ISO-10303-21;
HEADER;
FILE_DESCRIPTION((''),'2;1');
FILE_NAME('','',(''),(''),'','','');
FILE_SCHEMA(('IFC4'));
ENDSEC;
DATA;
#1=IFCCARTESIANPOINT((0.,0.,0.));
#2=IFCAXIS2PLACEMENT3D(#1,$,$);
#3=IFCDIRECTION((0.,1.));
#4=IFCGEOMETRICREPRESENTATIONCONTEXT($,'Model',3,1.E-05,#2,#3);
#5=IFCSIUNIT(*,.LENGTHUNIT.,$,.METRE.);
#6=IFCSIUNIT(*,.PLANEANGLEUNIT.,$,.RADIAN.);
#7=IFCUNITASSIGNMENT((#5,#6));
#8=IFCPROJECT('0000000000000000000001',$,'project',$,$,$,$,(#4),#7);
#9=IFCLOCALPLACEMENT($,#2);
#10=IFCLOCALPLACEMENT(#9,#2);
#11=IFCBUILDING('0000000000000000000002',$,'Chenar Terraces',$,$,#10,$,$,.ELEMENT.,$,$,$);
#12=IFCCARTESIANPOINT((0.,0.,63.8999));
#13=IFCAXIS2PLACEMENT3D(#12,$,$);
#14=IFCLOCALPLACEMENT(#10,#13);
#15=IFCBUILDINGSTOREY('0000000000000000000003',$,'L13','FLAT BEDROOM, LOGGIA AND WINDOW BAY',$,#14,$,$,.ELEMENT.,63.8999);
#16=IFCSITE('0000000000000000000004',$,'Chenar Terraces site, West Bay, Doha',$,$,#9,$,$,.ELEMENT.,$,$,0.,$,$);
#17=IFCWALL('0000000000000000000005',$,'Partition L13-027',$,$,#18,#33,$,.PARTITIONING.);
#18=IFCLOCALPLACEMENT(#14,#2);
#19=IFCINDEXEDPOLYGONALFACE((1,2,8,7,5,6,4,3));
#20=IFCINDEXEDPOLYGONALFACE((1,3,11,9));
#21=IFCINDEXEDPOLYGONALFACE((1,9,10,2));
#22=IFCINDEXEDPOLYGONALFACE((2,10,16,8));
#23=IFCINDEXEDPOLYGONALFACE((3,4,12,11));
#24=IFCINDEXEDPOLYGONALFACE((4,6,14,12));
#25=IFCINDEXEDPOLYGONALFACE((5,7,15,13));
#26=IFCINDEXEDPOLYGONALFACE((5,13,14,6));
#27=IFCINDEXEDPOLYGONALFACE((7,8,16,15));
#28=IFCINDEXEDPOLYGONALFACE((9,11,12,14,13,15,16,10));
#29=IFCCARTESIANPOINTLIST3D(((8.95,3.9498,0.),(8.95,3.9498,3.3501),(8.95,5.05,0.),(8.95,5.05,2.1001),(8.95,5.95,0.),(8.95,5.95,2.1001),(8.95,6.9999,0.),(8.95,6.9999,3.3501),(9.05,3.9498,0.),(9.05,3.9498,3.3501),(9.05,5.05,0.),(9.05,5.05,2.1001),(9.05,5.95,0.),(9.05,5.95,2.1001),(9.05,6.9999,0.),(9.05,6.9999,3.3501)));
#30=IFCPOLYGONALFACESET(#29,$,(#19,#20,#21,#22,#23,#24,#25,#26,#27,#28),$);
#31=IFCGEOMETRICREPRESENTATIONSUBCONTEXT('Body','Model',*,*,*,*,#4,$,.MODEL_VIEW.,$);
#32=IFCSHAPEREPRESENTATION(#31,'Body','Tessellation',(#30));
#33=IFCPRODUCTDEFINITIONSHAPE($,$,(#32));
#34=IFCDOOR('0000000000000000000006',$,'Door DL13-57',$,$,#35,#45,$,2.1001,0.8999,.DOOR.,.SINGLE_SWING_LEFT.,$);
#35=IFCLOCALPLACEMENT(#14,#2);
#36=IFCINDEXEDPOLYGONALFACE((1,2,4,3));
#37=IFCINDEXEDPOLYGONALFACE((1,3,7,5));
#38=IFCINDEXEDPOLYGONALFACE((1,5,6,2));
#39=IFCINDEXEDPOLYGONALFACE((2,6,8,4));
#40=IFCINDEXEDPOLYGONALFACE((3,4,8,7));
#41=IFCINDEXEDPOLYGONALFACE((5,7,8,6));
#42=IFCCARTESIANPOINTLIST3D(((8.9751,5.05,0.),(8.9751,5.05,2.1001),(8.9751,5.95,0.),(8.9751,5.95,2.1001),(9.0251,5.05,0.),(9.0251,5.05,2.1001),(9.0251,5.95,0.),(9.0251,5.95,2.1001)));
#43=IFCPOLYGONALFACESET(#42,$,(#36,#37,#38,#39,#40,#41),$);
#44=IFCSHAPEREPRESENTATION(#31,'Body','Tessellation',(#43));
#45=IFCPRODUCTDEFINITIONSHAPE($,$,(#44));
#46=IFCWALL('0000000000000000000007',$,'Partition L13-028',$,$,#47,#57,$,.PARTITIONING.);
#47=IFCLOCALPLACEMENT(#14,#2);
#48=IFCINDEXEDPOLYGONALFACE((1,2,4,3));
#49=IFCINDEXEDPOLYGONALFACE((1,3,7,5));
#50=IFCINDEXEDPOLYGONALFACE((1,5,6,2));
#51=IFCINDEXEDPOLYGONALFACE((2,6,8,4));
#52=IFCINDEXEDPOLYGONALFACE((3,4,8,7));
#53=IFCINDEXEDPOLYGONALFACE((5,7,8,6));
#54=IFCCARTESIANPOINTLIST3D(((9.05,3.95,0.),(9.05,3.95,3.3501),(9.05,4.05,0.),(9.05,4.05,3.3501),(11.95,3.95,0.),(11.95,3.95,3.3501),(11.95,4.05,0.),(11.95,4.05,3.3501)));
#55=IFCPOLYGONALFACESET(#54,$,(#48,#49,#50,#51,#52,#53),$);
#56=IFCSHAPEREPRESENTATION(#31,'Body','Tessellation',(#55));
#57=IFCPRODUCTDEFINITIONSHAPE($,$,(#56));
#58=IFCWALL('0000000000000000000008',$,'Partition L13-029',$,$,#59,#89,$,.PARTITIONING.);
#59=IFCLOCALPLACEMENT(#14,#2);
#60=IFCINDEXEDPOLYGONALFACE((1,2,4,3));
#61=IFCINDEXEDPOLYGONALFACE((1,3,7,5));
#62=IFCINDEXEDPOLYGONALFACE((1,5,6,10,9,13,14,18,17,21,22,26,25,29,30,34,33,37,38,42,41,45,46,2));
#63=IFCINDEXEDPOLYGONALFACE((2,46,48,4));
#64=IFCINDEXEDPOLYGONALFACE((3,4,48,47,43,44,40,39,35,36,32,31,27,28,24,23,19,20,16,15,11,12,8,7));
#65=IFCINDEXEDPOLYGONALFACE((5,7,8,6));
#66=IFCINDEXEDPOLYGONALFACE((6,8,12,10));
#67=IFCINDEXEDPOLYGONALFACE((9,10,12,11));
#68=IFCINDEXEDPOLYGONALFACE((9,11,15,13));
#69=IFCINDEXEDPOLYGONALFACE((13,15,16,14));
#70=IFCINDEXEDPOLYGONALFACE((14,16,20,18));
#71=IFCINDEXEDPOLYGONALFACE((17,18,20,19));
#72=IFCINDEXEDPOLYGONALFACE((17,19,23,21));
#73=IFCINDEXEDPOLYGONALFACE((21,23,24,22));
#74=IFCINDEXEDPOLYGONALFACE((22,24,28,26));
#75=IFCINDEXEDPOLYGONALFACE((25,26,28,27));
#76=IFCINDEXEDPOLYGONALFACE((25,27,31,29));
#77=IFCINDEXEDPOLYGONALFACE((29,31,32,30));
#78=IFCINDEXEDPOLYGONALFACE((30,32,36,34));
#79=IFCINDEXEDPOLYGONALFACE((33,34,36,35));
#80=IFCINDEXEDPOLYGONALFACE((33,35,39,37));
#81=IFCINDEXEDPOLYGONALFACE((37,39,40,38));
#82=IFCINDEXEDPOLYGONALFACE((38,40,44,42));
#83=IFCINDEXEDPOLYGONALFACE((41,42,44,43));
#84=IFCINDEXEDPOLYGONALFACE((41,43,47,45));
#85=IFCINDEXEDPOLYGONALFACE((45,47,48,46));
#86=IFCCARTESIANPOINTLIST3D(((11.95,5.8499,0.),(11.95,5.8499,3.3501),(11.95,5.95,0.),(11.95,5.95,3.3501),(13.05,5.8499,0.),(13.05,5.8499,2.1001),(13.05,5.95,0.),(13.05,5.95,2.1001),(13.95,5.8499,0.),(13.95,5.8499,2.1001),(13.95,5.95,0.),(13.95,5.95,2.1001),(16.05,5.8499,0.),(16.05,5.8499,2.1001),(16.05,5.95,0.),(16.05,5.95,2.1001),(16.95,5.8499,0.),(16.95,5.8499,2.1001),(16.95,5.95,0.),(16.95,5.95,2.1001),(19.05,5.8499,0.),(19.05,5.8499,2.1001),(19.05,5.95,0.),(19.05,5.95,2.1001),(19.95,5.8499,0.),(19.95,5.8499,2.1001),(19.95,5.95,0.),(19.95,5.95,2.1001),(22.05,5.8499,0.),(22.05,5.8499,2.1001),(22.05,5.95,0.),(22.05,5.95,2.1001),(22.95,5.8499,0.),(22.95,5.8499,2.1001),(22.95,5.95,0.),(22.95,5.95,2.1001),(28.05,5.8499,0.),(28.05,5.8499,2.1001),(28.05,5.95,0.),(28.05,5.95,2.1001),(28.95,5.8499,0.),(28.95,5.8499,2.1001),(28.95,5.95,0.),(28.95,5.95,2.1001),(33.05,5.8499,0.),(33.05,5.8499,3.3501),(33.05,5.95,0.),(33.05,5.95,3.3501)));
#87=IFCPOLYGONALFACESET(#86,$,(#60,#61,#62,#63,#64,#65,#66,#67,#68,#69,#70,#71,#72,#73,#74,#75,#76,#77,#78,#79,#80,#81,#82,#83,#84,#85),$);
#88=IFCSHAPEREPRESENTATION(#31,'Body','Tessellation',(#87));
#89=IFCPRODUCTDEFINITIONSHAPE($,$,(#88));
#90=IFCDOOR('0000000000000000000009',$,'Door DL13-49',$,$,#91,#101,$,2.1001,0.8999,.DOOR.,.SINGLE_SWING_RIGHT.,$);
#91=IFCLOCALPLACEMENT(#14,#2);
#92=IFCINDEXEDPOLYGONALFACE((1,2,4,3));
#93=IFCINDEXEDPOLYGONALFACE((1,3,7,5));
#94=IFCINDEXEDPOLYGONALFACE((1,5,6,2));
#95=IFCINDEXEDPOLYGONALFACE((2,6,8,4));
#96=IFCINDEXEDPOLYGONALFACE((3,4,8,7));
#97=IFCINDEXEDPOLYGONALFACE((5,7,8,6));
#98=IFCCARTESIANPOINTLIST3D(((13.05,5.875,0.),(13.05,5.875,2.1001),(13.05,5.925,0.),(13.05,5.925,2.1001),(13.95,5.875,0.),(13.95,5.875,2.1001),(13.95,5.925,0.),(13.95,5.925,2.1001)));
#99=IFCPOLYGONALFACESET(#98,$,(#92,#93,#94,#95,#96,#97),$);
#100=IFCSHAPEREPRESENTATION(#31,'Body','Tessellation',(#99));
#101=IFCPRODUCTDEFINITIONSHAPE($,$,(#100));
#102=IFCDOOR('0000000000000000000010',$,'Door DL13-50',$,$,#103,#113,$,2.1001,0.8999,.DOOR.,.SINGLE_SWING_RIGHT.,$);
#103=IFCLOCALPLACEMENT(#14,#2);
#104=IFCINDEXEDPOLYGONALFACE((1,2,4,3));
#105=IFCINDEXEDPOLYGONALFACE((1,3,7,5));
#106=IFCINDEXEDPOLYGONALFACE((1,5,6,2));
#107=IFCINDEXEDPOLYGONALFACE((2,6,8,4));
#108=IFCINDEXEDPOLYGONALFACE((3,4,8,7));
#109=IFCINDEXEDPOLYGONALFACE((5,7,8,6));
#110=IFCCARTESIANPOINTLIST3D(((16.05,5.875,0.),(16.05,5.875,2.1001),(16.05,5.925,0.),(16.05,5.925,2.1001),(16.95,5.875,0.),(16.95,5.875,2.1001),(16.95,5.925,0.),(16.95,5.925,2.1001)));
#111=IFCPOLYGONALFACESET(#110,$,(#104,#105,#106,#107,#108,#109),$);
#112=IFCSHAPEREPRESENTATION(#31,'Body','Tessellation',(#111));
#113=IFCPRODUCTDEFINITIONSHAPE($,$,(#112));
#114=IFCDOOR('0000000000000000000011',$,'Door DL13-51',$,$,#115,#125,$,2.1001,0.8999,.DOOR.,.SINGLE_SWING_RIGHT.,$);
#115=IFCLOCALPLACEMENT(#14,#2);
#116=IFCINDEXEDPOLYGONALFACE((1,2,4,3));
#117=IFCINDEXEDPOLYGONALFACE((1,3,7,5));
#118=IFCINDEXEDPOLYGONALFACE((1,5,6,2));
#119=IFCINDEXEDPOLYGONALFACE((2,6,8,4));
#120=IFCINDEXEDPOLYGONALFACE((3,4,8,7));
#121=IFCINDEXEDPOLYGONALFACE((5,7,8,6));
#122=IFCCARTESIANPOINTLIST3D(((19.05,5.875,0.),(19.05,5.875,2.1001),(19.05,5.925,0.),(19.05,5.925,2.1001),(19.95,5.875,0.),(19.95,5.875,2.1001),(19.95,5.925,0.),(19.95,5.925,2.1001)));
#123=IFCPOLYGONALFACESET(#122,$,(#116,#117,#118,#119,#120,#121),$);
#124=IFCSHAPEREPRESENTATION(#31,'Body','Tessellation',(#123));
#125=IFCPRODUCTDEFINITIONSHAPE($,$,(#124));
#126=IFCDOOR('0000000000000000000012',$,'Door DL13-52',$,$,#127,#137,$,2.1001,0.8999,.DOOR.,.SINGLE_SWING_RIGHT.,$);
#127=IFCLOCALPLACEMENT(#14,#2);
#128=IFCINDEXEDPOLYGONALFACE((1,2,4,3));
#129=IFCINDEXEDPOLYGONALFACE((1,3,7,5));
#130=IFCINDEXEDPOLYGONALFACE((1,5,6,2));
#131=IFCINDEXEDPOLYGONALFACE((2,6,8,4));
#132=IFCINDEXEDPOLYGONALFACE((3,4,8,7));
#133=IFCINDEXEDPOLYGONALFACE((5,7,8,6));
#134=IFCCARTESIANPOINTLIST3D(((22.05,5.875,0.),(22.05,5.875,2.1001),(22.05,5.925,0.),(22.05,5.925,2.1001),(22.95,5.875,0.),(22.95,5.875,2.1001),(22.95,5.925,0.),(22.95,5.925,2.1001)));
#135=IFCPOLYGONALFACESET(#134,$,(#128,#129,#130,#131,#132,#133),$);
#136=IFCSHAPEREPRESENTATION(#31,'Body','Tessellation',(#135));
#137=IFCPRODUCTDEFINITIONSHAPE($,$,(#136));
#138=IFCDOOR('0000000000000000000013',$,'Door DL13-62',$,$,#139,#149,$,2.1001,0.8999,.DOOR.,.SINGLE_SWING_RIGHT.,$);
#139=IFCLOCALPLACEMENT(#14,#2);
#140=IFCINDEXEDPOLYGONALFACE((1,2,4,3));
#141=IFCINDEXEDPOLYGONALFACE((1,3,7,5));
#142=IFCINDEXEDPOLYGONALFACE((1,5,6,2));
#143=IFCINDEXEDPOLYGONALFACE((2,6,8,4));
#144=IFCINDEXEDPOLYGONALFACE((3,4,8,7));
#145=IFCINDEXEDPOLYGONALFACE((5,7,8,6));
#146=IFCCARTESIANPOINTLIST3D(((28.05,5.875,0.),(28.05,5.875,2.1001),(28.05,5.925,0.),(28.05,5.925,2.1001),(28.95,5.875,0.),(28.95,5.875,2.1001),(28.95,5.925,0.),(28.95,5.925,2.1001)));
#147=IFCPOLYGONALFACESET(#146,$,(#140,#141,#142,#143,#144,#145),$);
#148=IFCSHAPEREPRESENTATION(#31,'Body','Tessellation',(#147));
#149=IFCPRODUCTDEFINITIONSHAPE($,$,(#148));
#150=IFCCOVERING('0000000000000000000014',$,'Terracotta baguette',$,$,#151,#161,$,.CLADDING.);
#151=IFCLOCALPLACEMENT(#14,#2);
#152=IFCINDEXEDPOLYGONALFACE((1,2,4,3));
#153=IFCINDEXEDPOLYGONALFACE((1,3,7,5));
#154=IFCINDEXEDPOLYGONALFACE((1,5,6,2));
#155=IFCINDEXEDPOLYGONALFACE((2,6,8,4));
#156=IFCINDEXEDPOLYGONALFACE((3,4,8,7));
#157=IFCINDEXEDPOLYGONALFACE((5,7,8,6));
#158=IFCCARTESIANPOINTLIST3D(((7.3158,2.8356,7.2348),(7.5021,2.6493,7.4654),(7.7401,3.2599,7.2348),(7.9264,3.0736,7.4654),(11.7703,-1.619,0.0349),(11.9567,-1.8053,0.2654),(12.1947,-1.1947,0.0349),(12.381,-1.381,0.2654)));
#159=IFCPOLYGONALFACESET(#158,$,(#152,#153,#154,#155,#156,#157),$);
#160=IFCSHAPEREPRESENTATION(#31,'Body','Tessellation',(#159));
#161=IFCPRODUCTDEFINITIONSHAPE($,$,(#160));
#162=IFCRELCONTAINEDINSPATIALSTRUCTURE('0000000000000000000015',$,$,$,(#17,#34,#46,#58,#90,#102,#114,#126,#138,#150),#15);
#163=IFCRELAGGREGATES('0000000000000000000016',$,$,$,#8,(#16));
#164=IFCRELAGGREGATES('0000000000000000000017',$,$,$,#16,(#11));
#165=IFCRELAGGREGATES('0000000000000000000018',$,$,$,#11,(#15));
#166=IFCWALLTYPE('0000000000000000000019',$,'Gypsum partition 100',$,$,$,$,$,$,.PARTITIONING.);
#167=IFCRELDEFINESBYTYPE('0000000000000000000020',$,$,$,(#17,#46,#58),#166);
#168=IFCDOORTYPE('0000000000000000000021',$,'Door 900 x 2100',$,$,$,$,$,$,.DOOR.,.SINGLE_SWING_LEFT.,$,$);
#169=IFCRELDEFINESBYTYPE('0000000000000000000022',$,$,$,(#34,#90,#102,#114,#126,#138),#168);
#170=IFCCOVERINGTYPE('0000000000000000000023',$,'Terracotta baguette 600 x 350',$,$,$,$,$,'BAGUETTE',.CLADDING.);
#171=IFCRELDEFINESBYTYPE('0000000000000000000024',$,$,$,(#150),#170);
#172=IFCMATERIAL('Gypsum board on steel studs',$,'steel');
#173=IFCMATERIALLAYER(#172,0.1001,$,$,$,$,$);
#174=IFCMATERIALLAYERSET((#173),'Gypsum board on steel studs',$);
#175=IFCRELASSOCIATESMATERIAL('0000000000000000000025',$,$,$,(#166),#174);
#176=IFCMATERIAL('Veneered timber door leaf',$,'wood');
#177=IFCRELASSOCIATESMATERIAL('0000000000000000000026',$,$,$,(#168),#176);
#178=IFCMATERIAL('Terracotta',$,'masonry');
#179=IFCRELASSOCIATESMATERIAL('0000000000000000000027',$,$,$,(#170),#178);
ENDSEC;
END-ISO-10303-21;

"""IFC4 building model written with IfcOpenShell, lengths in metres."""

from ifc_helpers import new_model, si_unit, direction, frame, frame_2d, origin, origin_2d, place, context, subcontext, project, spatial, rectangle, extrude, material, layer, layer_set, material_profile, profile_set, type_object, element, fill, save


model = new_model("IFC4")

# Units and contexts
model_context = context("Model", 3, precision=1e-05, world=origin(), true_north=direction((0.0, 1.0)))
body_context = subcontext(model_context, "Body", "Model", "MODEL_VIEW")
ifc_project = project(units=[si_unit("LENGTHUNIT", "METRE"), si_unit("PLANEANGLEUNIT", "RADIAN")], contexts=[model_context])

# Site, building, storey
site_placement = place(None, origin())
site = spatial("IfcSite", under=ifc_project, at=site_placement, Name="Chenar Terraces site, West Bay, Doha", CompositionType="ELEMENT", RefElevation=0.0)
building_placement = place(site_placement, origin())
building = spatial("IfcBuilding", under=site, at=building_placement, Name="Chenar Terraces", CompositionType="ELEMENT")
storey_placement = place(building_placement, frame((0.0, 0.0, 63.8999)))
storey = spatial("IfcBuildingStorey", under=building, at=storey_placement, Name="L13", Description="FLAT BEDROOM, LOGGIA AND WINDOW BAY", CompositionType="ELEMENT", Elevation=63.8999)

# Wall, opening, door
ifc_material_1 = material(Name="Gypsum board on steel studs", Category="steel")
ifc_layer_1 = layer(ifc_material_1, 0.1001)
ifc_layer_set_1 = layer_set([ifc_layer_1], Name="Gypsum board on steel studs")
wall_type_1 = type_object("IfcWallType", Name="Gypsum partition 100", PredefinedType="PARTITIONING", material=ifc_layer_set_1)
wall_1_placement = place(storey_placement, frame((9.0, 3.95, 0.0), z_axis=(0.0, 0.0, 1.0), x_axis=(0.0, 1.0, 0.0)))
wall_1 = element("IfcWall", 1, at=wall_1_placement, inside=storey, type_object=wall_type_1, Name="Partition L13-027", PredefinedType="PARTITIONING", context=body_context, shape_type="SweptSolid", body=[
    extrude(rectangle(XDim=3.05, YDim=0.1001, at=frame_2d((1.5249, 0.0))), origin(), (0.0, 0.0, 1.0), 3.3501),
])
opening_1_placement = place(wall_1_placement, frame((1.1001, 0.0, 0.0)))
opening_1 = element("IfcOpeningElement", 2, at=opening_1_placement, cuts=wall_1, PredefinedType="OPENING", context=body_context, shape_type="SweptSolid", body=[
    extrude(rectangle(XDim=0.8999, YDim=2.1001, at=frame_2d((0.45, 1.05))), frame((0.0, 0.0601, 0.0), z_axis=(0.0, -1.0, 0.0), x_axis=(1.0, 0.0, 0.0)), (0.0, 0.0, 1.0), 0.1201),
])
ifc_material_2 = material(Name="Veneered timber door leaf", Category="wood")
door_type_1 = type_object("IfcDoorType", Name="Door 900 x 2100", OperationType="SINGLE_SWING_LEFT", PredefinedType="DOOR", material=ifc_material_2)
door_1_placement = place(opening_1_placement, origin())
door_1 = element("IfcDoor", 3, at=door_1_placement, inside=storey, type_object=door_type_1, Name="Door DL13-57", OperationType="SINGLE_SWING_LEFT", OverallHeight=2.1001, OverallWidth=0.8999, PredefinedType="DOOR", context=body_context, shape_type="SweptSolid", body=[
    extrude(rectangle(XDim=0.8999, YDim=2.1001, at=frame_2d((0.45, 1.05))), frame((0.0, 0.0249, 0.0), z_axis=(0.0, -1.0, 0.0), x_axis=(1.0, 0.0, 0.0)), (0.0, 0.0, 1.0), 0.05),
])
fill(opening_1, door_1)

# Wall
wall_2_placement = place(storey_placement, frame((9.05, 4.0, 0.0), z_axis=(0.0, 0.0, 1.0), x_axis=(1.0, 0.0, 0.0)))
element("IfcWall", 4, at=wall_2_placement, inside=storey, type_object=wall_type_1, Name="Partition L13-028", PredefinedType="PARTITIONING", context=body_context, shape_type="SweptSolid", body=[
    extrude(rectangle(XDim=2.8999, YDim=0.1001, at=frame_2d((1.45, 0.0))), origin(), (0.0, 0.0, 1.0), 3.3501),
])

# Wall, openings, doors
wall_3_placement = place(storey_placement, frame((11.95, 5.8999, 0.0), z_axis=(0.0, 0.0, 1.0), x_axis=(1.0, 0.0, 0.0)))
wall_3 = element("IfcWall", 5, at=wall_3_placement, inside=storey, type_object=wall_type_1, Name="Partition L13-029", PredefinedType="PARTITIONING", context=body_context, shape_type="SweptSolid", body=[
    extrude(rectangle(XDim=21.1001, YDim=0.1001, at=frame_2d((10.55, 0.0))), origin(), (0.0, 0.0, 1.0), 3.3501),
])
opening_2_placement = place(wall_3_placement, frame((1.1001, 0.0, 0.0)))
opening_2 = element("IfcOpeningElement", 6, at=opening_2_placement, cuts=wall_3, PredefinedType="OPENING", context=body_context, shape_type="SweptSolid", body=[
    extrude(rectangle(XDim=0.8999, YDim=2.1001, at=frame_2d((0.45, 1.05))), frame((0.0, 0.0601, 0.0), z_axis=(0.0, -1.0, 0.0), x_axis=(1.0, 0.0, 0.0)), (0.0, 0.0, 1.0), 0.1201),
])
opening_3_placement = place(wall_3_placement, frame((4.1001, 0.0, 0.0)))
opening_3 = element("IfcOpeningElement", 7, at=opening_3_placement, cuts=wall_3, PredefinedType="OPENING", context=body_context, shape_type="SweptSolid", body=[
    extrude(rectangle(XDim=0.8999, YDim=2.1001, at=frame_2d((0.45, 1.05))), frame((0.0, 0.0601, 0.0), z_axis=(0.0, -1.0, 0.0), x_axis=(1.0, 0.0, 0.0)), (0.0, 0.0, 1.0), 0.1201),
])
opening_4_placement = place(wall_3_placement, frame((7.1001, 0.0, 0.0)))
opening_4 = element("IfcOpeningElement", 8, at=opening_4_placement, cuts=wall_3, PredefinedType="OPENING", context=body_context, shape_type="SweptSolid", body=[
    extrude(rectangle(XDim=0.8999, YDim=2.1001, at=frame_2d((0.45, 1.05))), frame((0.0, 0.0601, 0.0), z_axis=(0.0, -1.0, 0.0), x_axis=(1.0, 0.0, 0.0)), (0.0, 0.0, 1.0), 0.1201),
])
opening_5_placement = place(wall_3_placement, frame((10.1001, 0.0, 0.0)))
opening_5 = element("IfcOpeningElement", 9, at=opening_5_placement, cuts=wall_3, PredefinedType="OPENING", context=body_context, shape_type="SweptSolid", body=[
    extrude(rectangle(XDim=0.8999, YDim=2.1001, at=frame_2d((0.45, 1.05))), frame((0.0, 0.0601, 0.0), z_axis=(0.0, -1.0, 0.0), x_axis=(1.0, 0.0, 0.0)), (0.0, 0.0, 1.0), 0.1201),
])
opening_6_placement = place(wall_3_placement, frame((16.1001, 0.0, 0.0)))
opening_6 = element("IfcOpeningElement", 10, at=opening_6_placement, cuts=wall_3, PredefinedType="OPENING", context=body_context, shape_type="SweptSolid", body=[
    extrude(rectangle(XDim=0.8999, YDim=2.1001, at=frame_2d((0.45, 1.05))), frame((0.0, 0.0601, 0.0), z_axis=(0.0, -1.0, 0.0), x_axis=(1.0, 0.0, 0.0)), (0.0, 0.0, 1.0), 0.1201),
])
door_2_placement = place(opening_2_placement, frame((0.8999, 0.0, 0.0), z_axis=(0.0, 0.0, 1.0), x_axis=(-1.0, 0.0, 0.0)))
door_2 = element("IfcDoor", 11, at=door_2_placement, inside=storey, type_object=door_type_1, Name="Door DL13-49", OperationType="SINGLE_SWING_RIGHT", OverallHeight=2.1001, OverallWidth=0.8999, PredefinedType="DOOR", context=body_context, shape_type="SweptSolid", body=[
    extrude(rectangle(XDim=0.8999, YDim=2.1001, at=frame_2d((0.45, 1.05))), frame((0.0, 0.0249, 0.0), z_axis=(0.0, -1.0, 0.0), x_axis=(1.0, 0.0, 0.0)), (0.0, 0.0, 1.0), 0.05),
])
fill(opening_2, door_2)
door_3_placement = place(opening_3_placement, frame((0.8999, 0.0, 0.0), z_axis=(0.0, 0.0, 1.0), x_axis=(-1.0, 0.0, 0.0)))
door_3 = element("IfcDoor", 12, at=door_3_placement, inside=storey, type_object=door_type_1, Name="Door DL13-50", OperationType="SINGLE_SWING_RIGHT", OverallHeight=2.1001, OverallWidth=0.8999, PredefinedType="DOOR", context=body_context, shape_type="SweptSolid", body=[
    extrude(rectangle(XDim=0.8999, YDim=2.1001, at=frame_2d((0.45, 1.05))), frame((0.0, 0.0249, 0.0), z_axis=(0.0, -1.0, 0.0), x_axis=(1.0, 0.0, 0.0)), (0.0, 0.0, 1.0), 0.05),
])
fill(opening_3, door_3)
door_4_placement = place(opening_4_placement, frame((0.8999, 0.0, 0.0), z_axis=(0.0, 0.0, 1.0), x_axis=(-1.0, 0.0, 0.0)))
door_4 = element("IfcDoor", 13, at=door_4_placement, inside=storey, type_object=door_type_1, Name="Door DL13-51", OperationType="SINGLE_SWING_RIGHT", OverallHeight=2.1001, OverallWidth=0.8999, PredefinedType="DOOR", context=body_context, shape_type="SweptSolid", body=[
    extrude(rectangle(XDim=0.8999, YDim=2.1001, at=frame_2d((0.45, 1.05))), frame((0.0, 0.0249, 0.0), z_axis=(0.0, -1.0, 0.0), x_axis=(1.0, 0.0, 0.0)), (0.0, 0.0, 1.0), 0.05),
])
fill(opening_4, door_4)
door_5_placement = place(opening_5_placement, frame((0.8999, 0.0, 0.0), z_axis=(0.0, 0.0, 1.0), x_axis=(-1.0, 0.0, 0.0)))
door_5 = element("IfcDoor", 14, at=door_5_placement, inside=storey, type_object=door_type_1, Name="Door DL13-52", OperationType="SINGLE_SWING_RIGHT", OverallHeight=2.1001, OverallWidth=0.8999, PredefinedType="DOOR", context=body_context, shape_type="SweptSolid", body=[
    extrude(rectangle(XDim=0.8999, YDim=2.1001, at=frame_2d((0.45, 1.05))), frame((0.0, 0.0249, 0.0), z_axis=(0.0, -1.0, 0.0), x_axis=(1.0, 0.0, 0.0)), (0.0, 0.0, 1.0), 0.05),
])
fill(opening_5, door_5)
door_6_placement = place(opening_6_placement, frame((0.8999, 0.0, 0.0), z_axis=(0.0, 0.0, 1.0), x_axis=(-1.0, 0.0, 0.0)))
door_6 = element("IfcDoor", 15, at=door_6_placement, inside=storey, type_object=door_type_1, Name="Door DL13-62", OperationType="SINGLE_SWING_RIGHT", OverallHeight=2.1001, OverallWidth=0.8999, PredefinedType="DOOR", context=body_context, shape_type="SweptSolid", body=[
    extrude(rectangle(XDim=0.8999, YDim=2.1001, at=frame_2d((0.45, 1.05))), frame((0.0, 0.0249, 0.0), z_axis=(0.0, -1.0, 0.0), x_axis=(1.0, 0.0, 0.0)), (0.0, 0.0, 1.0), 0.05),
])
fill(opening_6, door_6)

# Covering
ifc_material_3 = material(Name="Terracotta", Category="masonry")
ifc_material_profile = material_profile(ifc_material_3, rectangle(XDim=0.6001, YDim=0.3501, at=origin_2d()), Name="Terracotta baguette 600 x 350")
ifc_profile_set = profile_set([ifc_material_profile], Name="Terracotta")
covering_type = type_object("IfcCoveringType", Name="Terracotta baguette 600 x 350", ElementType="BAGUETTE", PredefinedType="CLADDING", material=ifc_profile_set)
covering_placement = place(storey_placement, frame((7.6211, 2.9546, 7.3501), z_axis=(0.465624, -0.465624, -0.752588), x_axis=(0.707107, 0.707107, 0.0)))
element("IfcCovering", 16, at=covering_placement, inside=storey, type_object=covering_type, Name="Terracotta baguette", PredefinedType="CLADDING", context=body_context, shape_type="SweptSolid", body=[
    extrude(rectangle(XDim=0.6001, YDim=0.3501, at=origin_2d()), origin(), (0.0, 0.0, 1.0), 9.5669),
])

save(model, "model.ifc")
